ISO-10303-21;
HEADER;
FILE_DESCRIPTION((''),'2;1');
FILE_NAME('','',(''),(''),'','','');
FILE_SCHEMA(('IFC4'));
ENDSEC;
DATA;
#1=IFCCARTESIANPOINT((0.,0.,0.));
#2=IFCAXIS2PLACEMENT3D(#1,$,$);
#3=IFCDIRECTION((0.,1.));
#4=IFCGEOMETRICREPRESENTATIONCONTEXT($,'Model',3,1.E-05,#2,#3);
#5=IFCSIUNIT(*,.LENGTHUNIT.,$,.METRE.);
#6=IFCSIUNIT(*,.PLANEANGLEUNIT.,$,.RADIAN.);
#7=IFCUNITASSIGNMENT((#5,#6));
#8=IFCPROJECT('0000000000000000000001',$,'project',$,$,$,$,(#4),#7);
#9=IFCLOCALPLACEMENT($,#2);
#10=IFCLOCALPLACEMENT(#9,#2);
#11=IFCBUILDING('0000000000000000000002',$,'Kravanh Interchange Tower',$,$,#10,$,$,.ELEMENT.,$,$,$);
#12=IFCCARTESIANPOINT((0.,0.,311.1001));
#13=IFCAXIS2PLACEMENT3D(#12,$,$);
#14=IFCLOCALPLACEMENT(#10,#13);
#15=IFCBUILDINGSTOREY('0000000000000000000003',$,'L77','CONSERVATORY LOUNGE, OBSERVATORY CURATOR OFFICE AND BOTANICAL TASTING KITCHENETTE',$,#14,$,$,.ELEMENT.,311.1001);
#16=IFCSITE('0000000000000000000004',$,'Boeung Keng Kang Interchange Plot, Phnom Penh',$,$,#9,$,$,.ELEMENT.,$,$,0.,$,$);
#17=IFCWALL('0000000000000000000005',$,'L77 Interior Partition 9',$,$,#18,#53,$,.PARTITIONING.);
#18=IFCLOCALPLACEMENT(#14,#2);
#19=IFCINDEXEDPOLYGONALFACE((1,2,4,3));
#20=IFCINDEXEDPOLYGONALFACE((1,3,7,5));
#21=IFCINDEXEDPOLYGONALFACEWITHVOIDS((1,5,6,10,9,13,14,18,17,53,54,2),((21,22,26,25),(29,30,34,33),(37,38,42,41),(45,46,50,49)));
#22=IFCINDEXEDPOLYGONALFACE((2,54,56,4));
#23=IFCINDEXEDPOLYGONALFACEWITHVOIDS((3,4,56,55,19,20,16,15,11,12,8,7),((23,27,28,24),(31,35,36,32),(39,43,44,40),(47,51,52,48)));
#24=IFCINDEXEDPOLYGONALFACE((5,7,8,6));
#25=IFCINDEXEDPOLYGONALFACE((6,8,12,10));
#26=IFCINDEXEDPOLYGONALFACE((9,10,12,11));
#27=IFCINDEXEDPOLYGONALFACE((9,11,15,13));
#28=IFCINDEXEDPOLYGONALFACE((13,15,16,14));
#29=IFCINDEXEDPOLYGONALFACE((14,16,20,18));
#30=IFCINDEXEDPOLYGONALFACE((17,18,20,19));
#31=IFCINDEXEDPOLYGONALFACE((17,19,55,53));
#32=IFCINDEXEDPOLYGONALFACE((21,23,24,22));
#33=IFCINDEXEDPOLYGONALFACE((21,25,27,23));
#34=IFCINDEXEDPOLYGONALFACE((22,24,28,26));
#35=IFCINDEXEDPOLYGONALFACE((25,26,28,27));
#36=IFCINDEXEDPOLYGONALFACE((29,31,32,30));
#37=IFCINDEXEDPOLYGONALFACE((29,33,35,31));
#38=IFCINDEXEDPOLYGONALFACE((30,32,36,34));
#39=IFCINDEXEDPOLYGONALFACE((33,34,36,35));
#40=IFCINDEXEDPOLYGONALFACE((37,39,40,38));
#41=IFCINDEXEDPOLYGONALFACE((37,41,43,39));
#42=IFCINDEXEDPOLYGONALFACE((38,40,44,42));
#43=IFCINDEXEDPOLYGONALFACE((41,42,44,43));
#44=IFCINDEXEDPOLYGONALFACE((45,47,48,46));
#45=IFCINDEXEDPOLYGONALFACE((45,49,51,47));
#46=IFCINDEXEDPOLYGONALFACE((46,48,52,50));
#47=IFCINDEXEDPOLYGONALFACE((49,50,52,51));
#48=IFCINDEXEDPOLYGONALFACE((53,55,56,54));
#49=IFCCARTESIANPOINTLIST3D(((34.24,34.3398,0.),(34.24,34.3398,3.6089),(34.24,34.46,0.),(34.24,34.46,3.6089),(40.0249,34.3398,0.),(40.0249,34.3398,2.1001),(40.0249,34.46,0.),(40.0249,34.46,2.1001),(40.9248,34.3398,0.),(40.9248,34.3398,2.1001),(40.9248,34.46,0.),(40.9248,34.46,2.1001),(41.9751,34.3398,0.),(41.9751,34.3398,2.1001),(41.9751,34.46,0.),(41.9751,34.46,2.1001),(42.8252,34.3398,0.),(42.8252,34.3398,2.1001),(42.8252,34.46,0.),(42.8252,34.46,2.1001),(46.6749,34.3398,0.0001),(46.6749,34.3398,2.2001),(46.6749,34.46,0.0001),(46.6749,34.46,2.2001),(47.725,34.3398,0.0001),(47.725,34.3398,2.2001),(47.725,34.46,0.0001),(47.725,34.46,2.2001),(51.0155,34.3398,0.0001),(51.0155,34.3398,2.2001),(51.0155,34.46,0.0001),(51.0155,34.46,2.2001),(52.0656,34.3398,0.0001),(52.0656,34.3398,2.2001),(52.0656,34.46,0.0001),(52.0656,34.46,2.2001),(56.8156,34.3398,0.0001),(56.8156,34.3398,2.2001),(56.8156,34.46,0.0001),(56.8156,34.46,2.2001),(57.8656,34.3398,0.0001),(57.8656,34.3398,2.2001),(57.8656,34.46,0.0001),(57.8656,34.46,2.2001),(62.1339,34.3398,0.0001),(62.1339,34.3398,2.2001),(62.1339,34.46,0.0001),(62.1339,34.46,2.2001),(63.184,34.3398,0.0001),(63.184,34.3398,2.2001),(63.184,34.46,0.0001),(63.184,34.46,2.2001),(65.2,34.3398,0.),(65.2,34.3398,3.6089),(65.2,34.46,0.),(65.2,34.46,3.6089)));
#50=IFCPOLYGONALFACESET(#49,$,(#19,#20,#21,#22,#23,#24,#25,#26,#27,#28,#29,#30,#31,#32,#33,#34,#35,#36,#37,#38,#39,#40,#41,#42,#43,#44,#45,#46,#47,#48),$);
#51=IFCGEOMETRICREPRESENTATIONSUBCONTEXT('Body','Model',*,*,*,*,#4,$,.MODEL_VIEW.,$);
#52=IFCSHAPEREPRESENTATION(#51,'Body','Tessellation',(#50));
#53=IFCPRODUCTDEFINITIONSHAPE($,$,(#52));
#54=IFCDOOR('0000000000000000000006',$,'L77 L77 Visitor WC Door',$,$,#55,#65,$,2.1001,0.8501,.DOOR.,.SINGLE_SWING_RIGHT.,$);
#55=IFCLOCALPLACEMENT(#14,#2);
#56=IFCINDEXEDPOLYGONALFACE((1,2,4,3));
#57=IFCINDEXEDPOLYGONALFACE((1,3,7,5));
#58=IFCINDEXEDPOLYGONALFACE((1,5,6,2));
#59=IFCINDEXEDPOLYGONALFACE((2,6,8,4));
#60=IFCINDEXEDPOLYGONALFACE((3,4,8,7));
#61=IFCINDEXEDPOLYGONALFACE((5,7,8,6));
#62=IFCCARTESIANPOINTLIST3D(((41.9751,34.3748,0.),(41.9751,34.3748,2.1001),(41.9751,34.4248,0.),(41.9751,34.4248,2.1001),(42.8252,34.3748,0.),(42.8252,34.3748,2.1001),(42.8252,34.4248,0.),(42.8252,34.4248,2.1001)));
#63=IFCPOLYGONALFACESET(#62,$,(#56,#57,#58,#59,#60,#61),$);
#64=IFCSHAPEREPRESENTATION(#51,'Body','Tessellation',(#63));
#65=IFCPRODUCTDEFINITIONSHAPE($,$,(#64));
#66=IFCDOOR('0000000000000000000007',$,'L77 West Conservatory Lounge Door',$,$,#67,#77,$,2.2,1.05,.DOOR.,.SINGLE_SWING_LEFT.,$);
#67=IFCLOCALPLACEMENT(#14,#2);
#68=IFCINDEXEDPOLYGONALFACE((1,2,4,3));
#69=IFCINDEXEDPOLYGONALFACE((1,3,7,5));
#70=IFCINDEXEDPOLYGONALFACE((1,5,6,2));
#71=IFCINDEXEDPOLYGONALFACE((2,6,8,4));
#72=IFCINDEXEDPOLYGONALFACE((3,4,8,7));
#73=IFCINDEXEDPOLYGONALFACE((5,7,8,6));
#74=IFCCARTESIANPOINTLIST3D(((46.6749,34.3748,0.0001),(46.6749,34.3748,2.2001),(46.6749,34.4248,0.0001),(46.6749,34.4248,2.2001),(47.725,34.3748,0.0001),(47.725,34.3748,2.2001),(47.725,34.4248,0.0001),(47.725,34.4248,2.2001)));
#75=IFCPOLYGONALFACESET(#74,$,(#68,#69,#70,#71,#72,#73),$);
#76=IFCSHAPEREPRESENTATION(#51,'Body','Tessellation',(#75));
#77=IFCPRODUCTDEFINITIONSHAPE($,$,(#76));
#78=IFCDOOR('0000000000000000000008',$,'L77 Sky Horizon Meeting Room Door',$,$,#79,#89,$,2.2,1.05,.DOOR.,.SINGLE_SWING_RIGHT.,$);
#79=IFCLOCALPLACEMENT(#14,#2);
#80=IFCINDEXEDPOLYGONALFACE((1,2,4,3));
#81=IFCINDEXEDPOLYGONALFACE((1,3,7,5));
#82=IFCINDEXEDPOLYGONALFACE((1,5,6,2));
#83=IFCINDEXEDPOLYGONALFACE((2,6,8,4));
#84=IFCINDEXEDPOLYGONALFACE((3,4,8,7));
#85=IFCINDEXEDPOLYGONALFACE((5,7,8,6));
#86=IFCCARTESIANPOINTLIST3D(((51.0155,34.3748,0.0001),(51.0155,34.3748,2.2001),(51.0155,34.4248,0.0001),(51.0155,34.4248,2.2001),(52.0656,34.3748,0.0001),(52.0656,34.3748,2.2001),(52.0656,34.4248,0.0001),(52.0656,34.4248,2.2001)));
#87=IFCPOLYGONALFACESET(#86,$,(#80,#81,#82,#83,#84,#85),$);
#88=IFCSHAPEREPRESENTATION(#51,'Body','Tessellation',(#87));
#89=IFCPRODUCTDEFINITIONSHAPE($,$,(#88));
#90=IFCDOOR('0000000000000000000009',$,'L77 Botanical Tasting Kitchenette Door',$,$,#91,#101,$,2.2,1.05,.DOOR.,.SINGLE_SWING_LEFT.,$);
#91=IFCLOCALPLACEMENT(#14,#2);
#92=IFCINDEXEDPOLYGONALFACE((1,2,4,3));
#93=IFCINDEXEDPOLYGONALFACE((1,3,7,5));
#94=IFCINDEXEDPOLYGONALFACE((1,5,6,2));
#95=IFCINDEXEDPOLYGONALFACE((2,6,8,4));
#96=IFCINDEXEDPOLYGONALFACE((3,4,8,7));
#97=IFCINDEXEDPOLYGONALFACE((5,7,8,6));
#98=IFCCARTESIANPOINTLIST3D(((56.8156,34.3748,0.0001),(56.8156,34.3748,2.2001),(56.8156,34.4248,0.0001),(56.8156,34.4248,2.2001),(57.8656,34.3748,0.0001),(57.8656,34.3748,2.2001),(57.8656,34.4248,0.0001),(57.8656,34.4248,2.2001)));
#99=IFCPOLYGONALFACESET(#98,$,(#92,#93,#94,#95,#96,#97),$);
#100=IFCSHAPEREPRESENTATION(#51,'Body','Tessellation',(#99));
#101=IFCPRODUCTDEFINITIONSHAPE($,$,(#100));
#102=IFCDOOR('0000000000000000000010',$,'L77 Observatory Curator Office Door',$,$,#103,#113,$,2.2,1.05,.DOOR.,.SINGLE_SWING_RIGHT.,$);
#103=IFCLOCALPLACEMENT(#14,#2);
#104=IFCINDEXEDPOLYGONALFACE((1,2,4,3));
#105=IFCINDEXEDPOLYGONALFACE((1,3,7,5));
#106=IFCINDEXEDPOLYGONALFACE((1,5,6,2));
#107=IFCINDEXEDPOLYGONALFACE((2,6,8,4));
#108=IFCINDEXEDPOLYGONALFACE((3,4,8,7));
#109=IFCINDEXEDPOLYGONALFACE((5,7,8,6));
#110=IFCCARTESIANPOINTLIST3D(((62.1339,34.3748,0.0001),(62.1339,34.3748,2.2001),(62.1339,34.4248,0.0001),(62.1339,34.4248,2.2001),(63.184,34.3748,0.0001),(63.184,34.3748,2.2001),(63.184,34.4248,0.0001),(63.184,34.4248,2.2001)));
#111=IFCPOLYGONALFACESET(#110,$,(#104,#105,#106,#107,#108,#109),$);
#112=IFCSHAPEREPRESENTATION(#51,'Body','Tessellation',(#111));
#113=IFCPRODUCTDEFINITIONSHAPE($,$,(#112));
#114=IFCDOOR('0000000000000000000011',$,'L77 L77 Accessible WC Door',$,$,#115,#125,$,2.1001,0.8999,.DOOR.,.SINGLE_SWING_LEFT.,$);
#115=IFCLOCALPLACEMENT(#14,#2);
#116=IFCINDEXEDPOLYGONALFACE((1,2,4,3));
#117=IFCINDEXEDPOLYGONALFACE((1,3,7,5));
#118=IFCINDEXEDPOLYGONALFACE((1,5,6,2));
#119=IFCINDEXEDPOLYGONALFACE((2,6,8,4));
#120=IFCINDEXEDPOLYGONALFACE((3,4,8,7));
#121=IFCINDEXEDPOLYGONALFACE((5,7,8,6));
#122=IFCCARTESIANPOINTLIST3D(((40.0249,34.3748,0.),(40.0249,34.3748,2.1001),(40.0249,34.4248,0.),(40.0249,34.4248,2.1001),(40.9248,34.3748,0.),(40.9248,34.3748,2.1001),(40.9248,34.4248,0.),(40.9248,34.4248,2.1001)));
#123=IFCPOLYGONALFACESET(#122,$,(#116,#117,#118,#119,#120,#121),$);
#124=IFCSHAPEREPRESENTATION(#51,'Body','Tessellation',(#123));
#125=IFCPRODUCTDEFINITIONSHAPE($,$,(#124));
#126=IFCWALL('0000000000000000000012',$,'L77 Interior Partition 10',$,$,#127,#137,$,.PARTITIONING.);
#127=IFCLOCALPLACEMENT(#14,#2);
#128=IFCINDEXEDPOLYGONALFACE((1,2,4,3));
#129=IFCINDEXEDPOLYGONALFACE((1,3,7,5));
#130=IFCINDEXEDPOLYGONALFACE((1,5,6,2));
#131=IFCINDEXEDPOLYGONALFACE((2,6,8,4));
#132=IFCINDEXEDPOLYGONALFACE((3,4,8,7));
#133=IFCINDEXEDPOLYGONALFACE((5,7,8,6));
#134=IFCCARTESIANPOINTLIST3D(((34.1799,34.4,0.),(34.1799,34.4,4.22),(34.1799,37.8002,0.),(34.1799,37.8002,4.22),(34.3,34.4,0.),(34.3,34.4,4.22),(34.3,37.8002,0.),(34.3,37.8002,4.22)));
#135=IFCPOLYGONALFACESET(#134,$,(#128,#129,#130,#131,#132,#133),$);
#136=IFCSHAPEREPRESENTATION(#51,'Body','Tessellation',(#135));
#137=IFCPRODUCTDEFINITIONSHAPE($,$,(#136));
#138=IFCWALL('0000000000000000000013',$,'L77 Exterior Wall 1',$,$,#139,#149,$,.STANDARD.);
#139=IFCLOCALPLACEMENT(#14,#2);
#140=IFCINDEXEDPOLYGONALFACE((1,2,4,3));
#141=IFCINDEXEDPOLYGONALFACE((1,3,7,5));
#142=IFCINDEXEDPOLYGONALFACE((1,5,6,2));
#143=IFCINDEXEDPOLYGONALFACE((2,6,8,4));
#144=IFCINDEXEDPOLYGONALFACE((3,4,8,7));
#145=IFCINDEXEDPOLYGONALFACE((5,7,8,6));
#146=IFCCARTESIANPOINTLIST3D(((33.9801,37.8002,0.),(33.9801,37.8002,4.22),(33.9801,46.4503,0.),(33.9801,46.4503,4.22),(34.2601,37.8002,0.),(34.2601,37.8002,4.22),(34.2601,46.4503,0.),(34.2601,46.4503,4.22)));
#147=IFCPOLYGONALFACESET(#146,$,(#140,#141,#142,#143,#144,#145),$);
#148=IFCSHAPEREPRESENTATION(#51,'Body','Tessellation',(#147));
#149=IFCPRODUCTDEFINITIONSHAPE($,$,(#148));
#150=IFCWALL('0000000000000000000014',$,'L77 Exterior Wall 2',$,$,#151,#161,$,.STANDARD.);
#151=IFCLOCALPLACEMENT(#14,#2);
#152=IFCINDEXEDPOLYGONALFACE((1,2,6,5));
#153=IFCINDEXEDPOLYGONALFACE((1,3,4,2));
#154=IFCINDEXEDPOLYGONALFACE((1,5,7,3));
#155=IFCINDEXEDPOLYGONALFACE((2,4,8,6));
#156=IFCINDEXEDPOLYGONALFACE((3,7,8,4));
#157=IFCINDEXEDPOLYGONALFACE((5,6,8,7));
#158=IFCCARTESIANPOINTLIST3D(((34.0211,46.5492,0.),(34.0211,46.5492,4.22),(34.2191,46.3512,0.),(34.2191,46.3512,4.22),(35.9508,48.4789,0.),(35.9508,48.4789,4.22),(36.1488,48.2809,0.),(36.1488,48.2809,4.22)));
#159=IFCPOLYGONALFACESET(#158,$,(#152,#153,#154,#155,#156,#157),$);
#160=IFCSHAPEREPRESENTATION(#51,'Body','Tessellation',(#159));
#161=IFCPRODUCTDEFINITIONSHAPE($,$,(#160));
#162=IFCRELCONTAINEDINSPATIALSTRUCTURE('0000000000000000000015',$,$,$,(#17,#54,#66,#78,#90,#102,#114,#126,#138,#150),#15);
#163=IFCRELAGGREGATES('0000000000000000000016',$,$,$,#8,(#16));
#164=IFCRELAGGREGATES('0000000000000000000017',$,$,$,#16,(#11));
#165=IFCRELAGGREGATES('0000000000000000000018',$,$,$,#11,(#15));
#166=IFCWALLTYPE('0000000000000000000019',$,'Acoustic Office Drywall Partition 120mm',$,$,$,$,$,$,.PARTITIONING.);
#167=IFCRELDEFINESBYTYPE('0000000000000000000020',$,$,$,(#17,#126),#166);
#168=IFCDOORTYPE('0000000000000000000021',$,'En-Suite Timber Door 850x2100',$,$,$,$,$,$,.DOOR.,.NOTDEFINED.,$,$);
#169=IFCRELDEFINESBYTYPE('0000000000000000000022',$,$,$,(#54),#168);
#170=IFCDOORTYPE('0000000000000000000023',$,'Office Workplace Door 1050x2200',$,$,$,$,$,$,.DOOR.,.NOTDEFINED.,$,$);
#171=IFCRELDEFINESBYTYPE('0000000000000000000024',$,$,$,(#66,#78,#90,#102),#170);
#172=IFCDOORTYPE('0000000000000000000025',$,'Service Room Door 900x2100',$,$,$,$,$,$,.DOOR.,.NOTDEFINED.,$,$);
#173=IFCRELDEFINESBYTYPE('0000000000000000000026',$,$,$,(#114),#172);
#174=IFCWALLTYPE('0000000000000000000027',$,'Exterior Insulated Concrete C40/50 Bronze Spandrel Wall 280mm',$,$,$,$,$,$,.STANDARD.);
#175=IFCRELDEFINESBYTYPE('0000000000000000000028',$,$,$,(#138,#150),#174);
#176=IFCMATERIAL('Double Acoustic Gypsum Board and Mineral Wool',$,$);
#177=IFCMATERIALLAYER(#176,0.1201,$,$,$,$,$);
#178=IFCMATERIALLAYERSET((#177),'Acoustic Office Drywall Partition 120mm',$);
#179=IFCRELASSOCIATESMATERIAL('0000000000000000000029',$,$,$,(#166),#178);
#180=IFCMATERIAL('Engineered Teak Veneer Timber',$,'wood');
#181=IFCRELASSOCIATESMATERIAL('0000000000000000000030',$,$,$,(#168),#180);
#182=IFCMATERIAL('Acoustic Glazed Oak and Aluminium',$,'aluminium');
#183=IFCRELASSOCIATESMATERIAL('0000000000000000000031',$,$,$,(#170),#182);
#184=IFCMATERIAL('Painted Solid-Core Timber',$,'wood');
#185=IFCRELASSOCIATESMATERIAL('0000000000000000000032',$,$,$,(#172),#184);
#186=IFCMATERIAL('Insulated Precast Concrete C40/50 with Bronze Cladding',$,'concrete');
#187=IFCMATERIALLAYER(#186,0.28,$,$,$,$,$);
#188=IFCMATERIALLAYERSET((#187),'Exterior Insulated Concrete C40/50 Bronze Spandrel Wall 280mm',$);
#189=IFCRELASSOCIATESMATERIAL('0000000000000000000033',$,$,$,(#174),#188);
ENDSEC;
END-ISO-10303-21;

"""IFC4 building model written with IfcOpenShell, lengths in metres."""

from ifc_helpers import new_model, si_unit, direction, frame, frame_2d, origin, place, context, subcontext, project, spatial, rectangle, extrude, material, layer, layer_set, type_object, element, fill, save


model = new_model("IFC4")

# Units and contexts
model_context = context("Model", 3, precision=1e-05, world=origin(), true_north=direction((0.0, 1.0)))
body_context = subcontext(model_context, "Body", "Model", "MODEL_VIEW")
ifc_project = project(units=[si_unit("LENGTHUNIT", "METRE"), si_unit("PLANEANGLEUNIT", "RADIAN")], contexts=[model_context])

# Site, building, storey
site_placement = place(None, origin())
site = spatial("IfcSite", under=ifc_project, at=site_placement, Name="Boeung Keng Kang Interchange Plot, Phnom Penh", CompositionType="ELEMENT", RefElevation=0.0)
building_placement = place(site_placement, origin())
building = spatial("IfcBuilding", under=site, at=building_placement, Name="Kravanh Interchange Tower", CompositionType="ELEMENT")
storey_placement = place(building_placement, frame((0.0, 0.0, 311.1001)))
storey = spatial("IfcBuildingStorey", under=building, at=storey_placement, Name="L77", Description="CONSERVATORY LOUNGE, OBSERVATORY CURATOR OFFICE AND BOTANICAL TASTING KITCHENETTE", CompositionType="ELEMENT", Elevation=311.1001)

# Shared definitions
ifc_material_1 = material(Name="Double Acoustic Gypsum Board and Mineral Wool")
ifc_layer_1 = layer(ifc_material_1, 0.1201)
ifc_layer_set_1 = layer_set([ifc_layer_1], Name="Acoustic Office Drywall Partition 120mm")
wall_type_1 = type_object("IfcWallType", Name="Acoustic Office Drywall Partition 120mm", PredefinedType="PARTITIONING", material=ifc_layer_set_1)

# Wall, openings, doors
wall_1_placement = place(storey_placement, frame((34.24, 34.3999, 0.0), z_axis=(0.0, 0.0, 1.0), x_axis=(1.0, 0.0, 0.0)))
wall_1 = element("IfcWall", 1, at=wall_1_placement, inside=storey, type_object=wall_type_1, Name="L77 Interior Partition 9", PredefinedType="PARTITIONING", context=body_context, shape_type="SweptSolid", body=[
    extrude(rectangle(XDim=30.96, YDim=0.1201, at=frame_2d((15.48, 0.0))), origin(), (0.0, 0.0, 1.0), 3.6089),
])
opening_1_placement = place(wall_1_placement, frame((5.7849, 0.0, 0.0)))
opening_1 = element("IfcOpeningElement", 2, at=opening_1_placement, cuts=wall_1, PredefinedType="OPENING", context=body_context, shape_type="SweptSolid", body=[
    extrude(rectangle(XDim=0.8999, YDim=2.1001, at=frame_2d((0.45, 1.05))), frame((0.0, 0.0701, 0.0), z_axis=(0.0, -1.0, 0.0), x_axis=(1.0, 0.0, 0.0)), (0.0, 0.0, 1.0), 0.1401),
])
opening_2_placement = place(wall_1_placement, frame((7.7351, 0.0, 0.0)))
opening_2 = element("IfcOpeningElement", 3, at=opening_2_placement, cuts=wall_1, PredefinedType="OPENING", context=body_context, shape_type="SweptSolid", body=[
    extrude(rectangle(XDim=0.8501, YDim=2.1001, at=frame_2d((0.425, 1.05))), frame((0.0, 0.0701, 0.0), z_axis=(0.0, -1.0, 0.0), x_axis=(1.0, 0.0, 0.0)), (0.0, 0.0, 1.0), 0.1401),
])
opening_3_placement = place(wall_1_placement, frame((12.4351, 0.0, 0.0)))
opening_3 = element("IfcOpeningElement", 4, at=opening_3_placement, cuts=wall_1, PredefinedType="OPENING", context=body_context, shape_type="SweptSolid", body=[
    extrude(rectangle(XDim=1.05, YDim=2.2, at=frame_2d((0.5249, 1.1001))), frame((0.0, 0.0701, 0.0), z_axis=(0.0, -1.0, 0.0), x_axis=(1.0, 0.0, 0.0)), (0.0, 0.0, 1.0), 0.1401),
])
opening_4_placement = place(wall_1_placement, frame((16.7756, 0.0, 0.0)))
opening_4 = element("IfcOpeningElement", 5, at=opening_4_placement, cuts=wall_1, PredefinedType="OPENING", context=body_context, shape_type="SweptSolid", body=[
    extrude(rectangle(XDim=1.05, YDim=2.2, at=frame_2d((0.5249, 1.1001))), frame((0.0, 0.0701, 0.0), z_axis=(0.0, -1.0, 0.0), x_axis=(1.0, 0.0, 0.0)), (0.0, 0.0, 1.0), 0.1401),
])
opening_5_placement = place(wall_1_placement, frame((22.5757, 0.0, 0.0)))
opening_5 = element("IfcOpeningElement", 6, at=opening_5_placement, cuts=wall_1, PredefinedType="OPENING", context=body_context, shape_type="SweptSolid", body=[
    extrude(rectangle(XDim=1.05, YDim=2.2, at=frame_2d((0.5249, 1.1001))), frame((0.0, 0.0701, 0.0), z_axis=(0.0, -1.0, 0.0), x_axis=(1.0, 0.0, 0.0)), (0.0, 0.0, 1.0), 0.1401),
])
opening_6_placement = place(wall_1_placement, frame((27.894, 0.0, 0.0)))
opening_6 = element("IfcOpeningElement", 7, at=opening_6_placement, cuts=wall_1, PredefinedType="OPENING", context=body_context, shape_type="SweptSolid", body=[
    extrude(rectangle(XDim=1.05, YDim=2.2, at=frame_2d((0.5249, 1.1001))), frame((0.0, 0.0701, 0.0), z_axis=(0.0, -1.0, 0.0), x_axis=(1.0, 0.0, 0.0)), (0.0, 0.0, 1.0), 0.1401),
])
ifc_material_2 = material(Name="Engineered Teak Veneer Timber", Category="wood")
door_type_1 = type_object("IfcDoorType", Name="En-Suite Timber Door 850x2100", OperationType="NOTDEFINED", PredefinedType="DOOR", material=ifc_material_2)
door_1_placement = place(opening_2_placement, origin())
door_1 = element("IfcDoor", 8, at=door_1_placement, inside=storey, type_object=door_type_1, Name="L77 L77 Visitor WC Door", OperationType="SINGLE_SWING_RIGHT", OverallHeight=2.1001, OverallWidth=0.8501, PredefinedType="DOOR", context=body_context, shape_type="SweptSolid", body=[
    extrude(rectangle(XDim=0.8501, YDim=2.1001, at=frame_2d((0.425, 1.05))), frame((0.0, 0.0249, 0.0), z_axis=(0.0, -1.0, 0.0), x_axis=(1.0, 0.0, 0.0)), (0.0, 0.0, 1.0), 0.05),
])
fill(opening_2, door_1)
ifc_material_3 = material(Name="Acoustic Glazed Oak and Aluminium", Category="aluminium")
door_type_2 = type_object("IfcDoorType", Name="Office Workplace Door 1050x2200", OperationType="NOTDEFINED", PredefinedType="DOOR", material=ifc_material_3)
door_2_placement = place(opening_3_placement, origin())
door_2 = element("IfcDoor", 9, at=door_2_placement, inside=storey, type_object=door_type_2, Name="L77 West Conservatory Lounge Door", OperationType="SINGLE_SWING_LEFT", OverallHeight=2.2, OverallWidth=1.05, PredefinedType="DOOR", context=body_context, shape_type="SweptSolid", body=[
    extrude(rectangle(XDim=1.05, YDim=2.2, at=frame_2d((0.5249, 1.1001))), frame((0.0, 0.0249, 0.0), z_axis=(0.0, -1.0, 0.0), x_axis=(1.0, 0.0, 0.0)), (0.0, 0.0, 1.0), 0.05),
])
fill(opening_3, door_2)
door_3_placement = place(opening_4_placement, origin())
door_3 = element("IfcDoor", 10, at=door_3_placement, inside=storey, type_object=door_type_2, Name="L77 Sky Horizon Meeting Room Door", OperationType="SINGLE_SWING_RIGHT", OverallHeight=2.2, OverallWidth=1.05, PredefinedType="DOOR", context=body_context, shape_type="SweptSolid", body=[
    extrude(rectangle(XDim=1.05, YDim=2.2, at=frame_2d((0.5249, 1.1001))), frame((0.0, 0.0249, 0.0), z_axis=(0.0, -1.0, 0.0), x_axis=(1.0, 0.0, 0.0)), (0.0, 0.0, 1.0), 0.05),
])
fill(opening_4, door_3)
door_4_placement = place(opening_5_placement, origin())
door_4 = element("IfcDoor", 11, at=door_4_placement, inside=storey, type_object=door_type_2, Name="L77 Botanical Tasting Kitchenette Door", OperationType="SINGLE_SWING_LEFT", OverallHeight=2.2, OverallWidth=1.05, PredefinedType="DOOR", context=body_context, shape_type="SweptSolid", body=[
    extrude(rectangle(XDim=1.05, YDim=2.2, at=frame_2d((0.5249, 1.1001))), frame((0.0, 0.0249, 0.0), z_axis=(0.0, -1.0, 0.0), x_axis=(1.0, 0.0, 0.0)), (0.0, 0.0, 1.0), 0.05),
])
fill(opening_5, door_4)
door_5_placement = place(opening_6_placement, origin())
door_5 = element("IfcDoor", 12, at=door_5_placement, inside=storey, type_object=door_type_2, Name="L77 Observatory Curator Office Door", OperationType="SINGLE_SWING_RIGHT", OverallHeight=2.2, OverallWidth=1.05, PredefinedType="DOOR", context=body_context, shape_type="SweptSolid", body=[
    extrude(rectangle(XDim=1.05, YDim=2.2, at=frame_2d((0.5249, 1.1001))), frame((0.0, 0.0249, 0.0), z_axis=(0.0, -1.0, 0.0), x_axis=(1.0, 0.0, 0.0)), (0.0, 0.0, 1.0), 0.05),
])
fill(opening_6, door_5)
ifc_material_4 = material(Name="Painted Solid-Core Timber", Category="wood")
door_type_3 = type_object("IfcDoorType", Name="Service Room Door 900x2100", OperationType="NOTDEFINED", PredefinedType="DOOR", material=ifc_material_4)
door_6_placement = place(opening_1_placement, origin())
door_6 = element("IfcDoor", 13, at=door_6_placement, inside=storey, type_object=door_type_3, Name="L77 L77 Accessible WC Door", OperationType="SINGLE_SWING_LEFT", OverallHeight=2.1001, OverallWidth=0.8999, PredefinedType="DOOR", context=body_context, shape_type="SweptSolid", body=[
    extrude(rectangle(XDim=0.8999, YDim=2.1001, at=frame_2d((0.45, 1.05))), frame((0.0, 0.0249, 0.0), z_axis=(0.0, -1.0, 0.0), x_axis=(1.0, 0.0, 0.0)), (0.0, 0.0, 1.0), 0.05),
])
fill(opening_1, door_6)

# Walls
wall_2_placement = place(storey_placement, frame((34.24, 34.3999, 0.0), z_axis=(0.0, 0.0, 1.0), x_axis=(0.0, 1.0, 0.0)))
element("IfcWall", 14, at=wall_2_placement, inside=storey, type_object=wall_type_1, Name="L77 Interior Partition 10", PredefinedType="PARTITIONING", context=body_context, shape_type="SweptSolid", body=[
    extrude(rectangle(XDim=3.4001, YDim=0.1201, at=frame_2d((1.7002, 0.0))), origin(), (0.0, 0.0, 1.0), 4.22),
])
ifc_material_5 = material(Name="Insulated Precast Concrete C40/50 with Bronze Cladding", Category="concrete")
ifc_layer_2 = layer(ifc_material_5, 0.28)
ifc_layer_set_2 = layer_set([ifc_layer_2], Name="Exterior Insulated Concrete C40/50 Bronze Spandrel Wall 280mm")
wall_type_2 = type_object("IfcWallType", Name="Exterior Insulated Concrete C40/50 Bronze Spandrel Wall 280mm", PredefinedType="STANDARD", material=ifc_layer_set_2)
wall_3_placement = place(storey_placement, frame((34.1201, 37.8, 0.0), z_axis=(0.0, 0.0, 1.0), x_axis=(0.0, 1.0, 0.0)))
element("IfcWall", 15, at=wall_3_placement, inside=storey, type_object=wall_type_2, Name="L77 Exterior Wall 1", PredefinedType="STANDARD", context=body_context, shape_type="SweptSolid", body=[
    extrude(rectangle(XDim=8.6501, YDim=0.28, at=frame_2d((4.3252, 0.0))), origin(), (0.0, 0.0, 1.0), 4.22),
])
wall_4_placement = place(storey_placement, frame((34.1201, 46.4502, 0.0), z_axis=(0.0, 0.0, 1.0), x_axis=(0.707107, 0.707107, 0.0)))
element("IfcWall", 16, at=wall_4_placement, inside=storey, type_object=wall_type_2, Name="L77 Exterior Wall 2", PredefinedType="STANDARD", context=body_context, shape_type="SweptSolid", body=[
    extrude(rectangle(XDim=2.729, YDim=0.28, at=frame_2d((1.3645, 0.0))), origin(), (0.0, 0.0, 1.0), 4.22),
])

save(model, "model.ifc")
